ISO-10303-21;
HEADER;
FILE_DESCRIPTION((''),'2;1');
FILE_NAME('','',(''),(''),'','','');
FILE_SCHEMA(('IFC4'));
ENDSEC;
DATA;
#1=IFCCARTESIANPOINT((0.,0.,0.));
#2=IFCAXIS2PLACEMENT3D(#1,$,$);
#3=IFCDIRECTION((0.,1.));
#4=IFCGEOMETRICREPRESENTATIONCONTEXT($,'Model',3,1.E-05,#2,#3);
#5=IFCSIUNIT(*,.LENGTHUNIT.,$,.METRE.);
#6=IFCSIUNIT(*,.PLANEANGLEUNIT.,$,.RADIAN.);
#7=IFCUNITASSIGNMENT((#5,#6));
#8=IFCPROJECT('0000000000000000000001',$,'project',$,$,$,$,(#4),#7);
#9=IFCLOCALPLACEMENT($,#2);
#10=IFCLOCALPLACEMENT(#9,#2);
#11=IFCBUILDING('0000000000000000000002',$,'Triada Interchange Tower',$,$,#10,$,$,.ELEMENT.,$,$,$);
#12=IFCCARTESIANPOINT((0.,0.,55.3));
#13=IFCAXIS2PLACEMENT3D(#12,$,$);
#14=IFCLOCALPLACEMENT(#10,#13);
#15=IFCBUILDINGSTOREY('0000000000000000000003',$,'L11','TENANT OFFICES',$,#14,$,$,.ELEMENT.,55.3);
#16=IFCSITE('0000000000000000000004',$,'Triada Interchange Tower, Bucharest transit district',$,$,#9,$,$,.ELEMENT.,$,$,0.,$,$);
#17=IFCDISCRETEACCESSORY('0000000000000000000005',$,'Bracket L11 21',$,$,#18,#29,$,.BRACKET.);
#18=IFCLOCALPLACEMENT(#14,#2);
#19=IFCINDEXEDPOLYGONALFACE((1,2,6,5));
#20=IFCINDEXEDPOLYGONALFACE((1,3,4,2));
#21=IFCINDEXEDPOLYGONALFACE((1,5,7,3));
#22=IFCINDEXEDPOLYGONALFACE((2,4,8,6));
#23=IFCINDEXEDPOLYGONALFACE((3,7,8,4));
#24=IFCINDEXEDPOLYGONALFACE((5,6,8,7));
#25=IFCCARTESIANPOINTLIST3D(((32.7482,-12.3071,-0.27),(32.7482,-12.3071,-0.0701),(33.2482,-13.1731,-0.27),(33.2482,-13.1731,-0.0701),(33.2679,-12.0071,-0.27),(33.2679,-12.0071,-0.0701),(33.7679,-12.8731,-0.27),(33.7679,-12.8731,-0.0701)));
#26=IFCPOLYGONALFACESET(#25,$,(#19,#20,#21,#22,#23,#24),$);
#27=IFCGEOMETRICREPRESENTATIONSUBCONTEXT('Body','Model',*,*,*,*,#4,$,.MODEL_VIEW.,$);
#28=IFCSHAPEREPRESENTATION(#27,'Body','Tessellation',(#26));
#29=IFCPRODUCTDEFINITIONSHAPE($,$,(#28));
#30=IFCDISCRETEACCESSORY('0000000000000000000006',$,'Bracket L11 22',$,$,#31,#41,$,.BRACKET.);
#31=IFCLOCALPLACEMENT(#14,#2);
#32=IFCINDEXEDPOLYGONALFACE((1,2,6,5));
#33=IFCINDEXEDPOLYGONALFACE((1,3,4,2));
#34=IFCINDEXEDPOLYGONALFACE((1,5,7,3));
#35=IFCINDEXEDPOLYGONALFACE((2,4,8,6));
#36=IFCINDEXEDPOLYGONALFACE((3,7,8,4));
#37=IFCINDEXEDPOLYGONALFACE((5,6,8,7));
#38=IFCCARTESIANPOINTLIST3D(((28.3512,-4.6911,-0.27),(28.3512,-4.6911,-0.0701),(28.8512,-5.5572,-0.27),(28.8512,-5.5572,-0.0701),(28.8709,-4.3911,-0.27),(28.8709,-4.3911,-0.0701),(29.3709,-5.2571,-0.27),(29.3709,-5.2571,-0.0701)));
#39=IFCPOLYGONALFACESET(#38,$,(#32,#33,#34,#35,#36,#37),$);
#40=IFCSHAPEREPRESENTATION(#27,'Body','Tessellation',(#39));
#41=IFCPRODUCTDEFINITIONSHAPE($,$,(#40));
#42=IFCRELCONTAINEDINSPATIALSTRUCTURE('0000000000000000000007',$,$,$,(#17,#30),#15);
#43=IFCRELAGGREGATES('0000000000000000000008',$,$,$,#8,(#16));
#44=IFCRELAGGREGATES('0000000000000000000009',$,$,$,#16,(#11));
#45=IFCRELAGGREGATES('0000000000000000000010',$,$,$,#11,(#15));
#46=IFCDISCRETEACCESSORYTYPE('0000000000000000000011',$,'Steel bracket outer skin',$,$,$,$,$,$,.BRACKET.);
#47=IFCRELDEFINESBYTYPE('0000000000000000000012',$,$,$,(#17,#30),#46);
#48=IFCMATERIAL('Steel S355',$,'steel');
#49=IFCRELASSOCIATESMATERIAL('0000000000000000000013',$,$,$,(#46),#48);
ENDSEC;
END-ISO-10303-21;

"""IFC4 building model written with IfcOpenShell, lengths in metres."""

from ifc_helpers import new_model, si_unit, direction, frame, origin, origin_2d, place, context, subcontext, project, spatial, rectangle, extrude, material, type_object, element, save


model = new_model("IFC4")

# Units and contexts
model_context = context("Model", 3, precision=1e-05, world=origin(), true_north=direction((0.0, 1.0)))
body_context = subcontext(model_context, "Body", "Model", "MODEL_VIEW")
ifc_project = project(units=[si_unit("LENGTHUNIT", "METRE"), si_unit("PLANEANGLEUNIT", "RADIAN")], contexts=[model_context])

# Site, building, storey
site_placement = place(None, origin())
site = spatial("IfcSite", under=ifc_project, at=site_placement, Name="Triada Interchange Tower, Bucharest transit district", CompositionType="ELEMENT", RefElevation=0.0)
building_placement = place(site_placement, origin())
building = spatial("IfcBuilding", under=site, at=building_placement, Name="Triada Interchange Tower", CompositionType="ELEMENT")
storey_placement = place(building_placement, frame((0.0, 0.0, 55.3)))
storey = spatial("IfcBuildingStorey", under=building, at=storey_placement, Name="L11", Description="TENANT OFFICES", CompositionType="ELEMENT", Elevation=55.3)

# Discrete accessories
ifc_material_1 = material(Name="Steel S355", Category="steel")
discrete_accessory_type = type_object("IfcDiscreteAccessoryType", Name="Steel bracket outer skin", PredefinedType="BRACKET", material=ifc_material_1)
for number, where, z_axis, x_axis, name in (
    (1, (33.2581, -12.5901, -0.27), (0.0, 0.0, 1.0), (0.866026, 0.499999, 0.0), "Bracket L11 21"),
    (2, (28.8611, -4.9741, -0.27), (0.0, 0.0, 1.0), (0.866026, 0.499999, 0.0), "Bracket L11 22"),
):
    element("IfcDiscreteAccessory", number, at=place(storey_placement, frame(where, z_axis=z_axis, x_axis=x_axis)), inside=storey, type_object=discrete_accessory_type, Name=name, PredefinedType="BRACKET", context=body_context, shape_type="SweptSolid", body=[
        extrude(rectangle(XDim=0.6001, YDim=1.0, at=origin_2d()), origin(), (0.0, 0.0, 1.0), 0.2),
    ])

save(model, "model.ifc")
